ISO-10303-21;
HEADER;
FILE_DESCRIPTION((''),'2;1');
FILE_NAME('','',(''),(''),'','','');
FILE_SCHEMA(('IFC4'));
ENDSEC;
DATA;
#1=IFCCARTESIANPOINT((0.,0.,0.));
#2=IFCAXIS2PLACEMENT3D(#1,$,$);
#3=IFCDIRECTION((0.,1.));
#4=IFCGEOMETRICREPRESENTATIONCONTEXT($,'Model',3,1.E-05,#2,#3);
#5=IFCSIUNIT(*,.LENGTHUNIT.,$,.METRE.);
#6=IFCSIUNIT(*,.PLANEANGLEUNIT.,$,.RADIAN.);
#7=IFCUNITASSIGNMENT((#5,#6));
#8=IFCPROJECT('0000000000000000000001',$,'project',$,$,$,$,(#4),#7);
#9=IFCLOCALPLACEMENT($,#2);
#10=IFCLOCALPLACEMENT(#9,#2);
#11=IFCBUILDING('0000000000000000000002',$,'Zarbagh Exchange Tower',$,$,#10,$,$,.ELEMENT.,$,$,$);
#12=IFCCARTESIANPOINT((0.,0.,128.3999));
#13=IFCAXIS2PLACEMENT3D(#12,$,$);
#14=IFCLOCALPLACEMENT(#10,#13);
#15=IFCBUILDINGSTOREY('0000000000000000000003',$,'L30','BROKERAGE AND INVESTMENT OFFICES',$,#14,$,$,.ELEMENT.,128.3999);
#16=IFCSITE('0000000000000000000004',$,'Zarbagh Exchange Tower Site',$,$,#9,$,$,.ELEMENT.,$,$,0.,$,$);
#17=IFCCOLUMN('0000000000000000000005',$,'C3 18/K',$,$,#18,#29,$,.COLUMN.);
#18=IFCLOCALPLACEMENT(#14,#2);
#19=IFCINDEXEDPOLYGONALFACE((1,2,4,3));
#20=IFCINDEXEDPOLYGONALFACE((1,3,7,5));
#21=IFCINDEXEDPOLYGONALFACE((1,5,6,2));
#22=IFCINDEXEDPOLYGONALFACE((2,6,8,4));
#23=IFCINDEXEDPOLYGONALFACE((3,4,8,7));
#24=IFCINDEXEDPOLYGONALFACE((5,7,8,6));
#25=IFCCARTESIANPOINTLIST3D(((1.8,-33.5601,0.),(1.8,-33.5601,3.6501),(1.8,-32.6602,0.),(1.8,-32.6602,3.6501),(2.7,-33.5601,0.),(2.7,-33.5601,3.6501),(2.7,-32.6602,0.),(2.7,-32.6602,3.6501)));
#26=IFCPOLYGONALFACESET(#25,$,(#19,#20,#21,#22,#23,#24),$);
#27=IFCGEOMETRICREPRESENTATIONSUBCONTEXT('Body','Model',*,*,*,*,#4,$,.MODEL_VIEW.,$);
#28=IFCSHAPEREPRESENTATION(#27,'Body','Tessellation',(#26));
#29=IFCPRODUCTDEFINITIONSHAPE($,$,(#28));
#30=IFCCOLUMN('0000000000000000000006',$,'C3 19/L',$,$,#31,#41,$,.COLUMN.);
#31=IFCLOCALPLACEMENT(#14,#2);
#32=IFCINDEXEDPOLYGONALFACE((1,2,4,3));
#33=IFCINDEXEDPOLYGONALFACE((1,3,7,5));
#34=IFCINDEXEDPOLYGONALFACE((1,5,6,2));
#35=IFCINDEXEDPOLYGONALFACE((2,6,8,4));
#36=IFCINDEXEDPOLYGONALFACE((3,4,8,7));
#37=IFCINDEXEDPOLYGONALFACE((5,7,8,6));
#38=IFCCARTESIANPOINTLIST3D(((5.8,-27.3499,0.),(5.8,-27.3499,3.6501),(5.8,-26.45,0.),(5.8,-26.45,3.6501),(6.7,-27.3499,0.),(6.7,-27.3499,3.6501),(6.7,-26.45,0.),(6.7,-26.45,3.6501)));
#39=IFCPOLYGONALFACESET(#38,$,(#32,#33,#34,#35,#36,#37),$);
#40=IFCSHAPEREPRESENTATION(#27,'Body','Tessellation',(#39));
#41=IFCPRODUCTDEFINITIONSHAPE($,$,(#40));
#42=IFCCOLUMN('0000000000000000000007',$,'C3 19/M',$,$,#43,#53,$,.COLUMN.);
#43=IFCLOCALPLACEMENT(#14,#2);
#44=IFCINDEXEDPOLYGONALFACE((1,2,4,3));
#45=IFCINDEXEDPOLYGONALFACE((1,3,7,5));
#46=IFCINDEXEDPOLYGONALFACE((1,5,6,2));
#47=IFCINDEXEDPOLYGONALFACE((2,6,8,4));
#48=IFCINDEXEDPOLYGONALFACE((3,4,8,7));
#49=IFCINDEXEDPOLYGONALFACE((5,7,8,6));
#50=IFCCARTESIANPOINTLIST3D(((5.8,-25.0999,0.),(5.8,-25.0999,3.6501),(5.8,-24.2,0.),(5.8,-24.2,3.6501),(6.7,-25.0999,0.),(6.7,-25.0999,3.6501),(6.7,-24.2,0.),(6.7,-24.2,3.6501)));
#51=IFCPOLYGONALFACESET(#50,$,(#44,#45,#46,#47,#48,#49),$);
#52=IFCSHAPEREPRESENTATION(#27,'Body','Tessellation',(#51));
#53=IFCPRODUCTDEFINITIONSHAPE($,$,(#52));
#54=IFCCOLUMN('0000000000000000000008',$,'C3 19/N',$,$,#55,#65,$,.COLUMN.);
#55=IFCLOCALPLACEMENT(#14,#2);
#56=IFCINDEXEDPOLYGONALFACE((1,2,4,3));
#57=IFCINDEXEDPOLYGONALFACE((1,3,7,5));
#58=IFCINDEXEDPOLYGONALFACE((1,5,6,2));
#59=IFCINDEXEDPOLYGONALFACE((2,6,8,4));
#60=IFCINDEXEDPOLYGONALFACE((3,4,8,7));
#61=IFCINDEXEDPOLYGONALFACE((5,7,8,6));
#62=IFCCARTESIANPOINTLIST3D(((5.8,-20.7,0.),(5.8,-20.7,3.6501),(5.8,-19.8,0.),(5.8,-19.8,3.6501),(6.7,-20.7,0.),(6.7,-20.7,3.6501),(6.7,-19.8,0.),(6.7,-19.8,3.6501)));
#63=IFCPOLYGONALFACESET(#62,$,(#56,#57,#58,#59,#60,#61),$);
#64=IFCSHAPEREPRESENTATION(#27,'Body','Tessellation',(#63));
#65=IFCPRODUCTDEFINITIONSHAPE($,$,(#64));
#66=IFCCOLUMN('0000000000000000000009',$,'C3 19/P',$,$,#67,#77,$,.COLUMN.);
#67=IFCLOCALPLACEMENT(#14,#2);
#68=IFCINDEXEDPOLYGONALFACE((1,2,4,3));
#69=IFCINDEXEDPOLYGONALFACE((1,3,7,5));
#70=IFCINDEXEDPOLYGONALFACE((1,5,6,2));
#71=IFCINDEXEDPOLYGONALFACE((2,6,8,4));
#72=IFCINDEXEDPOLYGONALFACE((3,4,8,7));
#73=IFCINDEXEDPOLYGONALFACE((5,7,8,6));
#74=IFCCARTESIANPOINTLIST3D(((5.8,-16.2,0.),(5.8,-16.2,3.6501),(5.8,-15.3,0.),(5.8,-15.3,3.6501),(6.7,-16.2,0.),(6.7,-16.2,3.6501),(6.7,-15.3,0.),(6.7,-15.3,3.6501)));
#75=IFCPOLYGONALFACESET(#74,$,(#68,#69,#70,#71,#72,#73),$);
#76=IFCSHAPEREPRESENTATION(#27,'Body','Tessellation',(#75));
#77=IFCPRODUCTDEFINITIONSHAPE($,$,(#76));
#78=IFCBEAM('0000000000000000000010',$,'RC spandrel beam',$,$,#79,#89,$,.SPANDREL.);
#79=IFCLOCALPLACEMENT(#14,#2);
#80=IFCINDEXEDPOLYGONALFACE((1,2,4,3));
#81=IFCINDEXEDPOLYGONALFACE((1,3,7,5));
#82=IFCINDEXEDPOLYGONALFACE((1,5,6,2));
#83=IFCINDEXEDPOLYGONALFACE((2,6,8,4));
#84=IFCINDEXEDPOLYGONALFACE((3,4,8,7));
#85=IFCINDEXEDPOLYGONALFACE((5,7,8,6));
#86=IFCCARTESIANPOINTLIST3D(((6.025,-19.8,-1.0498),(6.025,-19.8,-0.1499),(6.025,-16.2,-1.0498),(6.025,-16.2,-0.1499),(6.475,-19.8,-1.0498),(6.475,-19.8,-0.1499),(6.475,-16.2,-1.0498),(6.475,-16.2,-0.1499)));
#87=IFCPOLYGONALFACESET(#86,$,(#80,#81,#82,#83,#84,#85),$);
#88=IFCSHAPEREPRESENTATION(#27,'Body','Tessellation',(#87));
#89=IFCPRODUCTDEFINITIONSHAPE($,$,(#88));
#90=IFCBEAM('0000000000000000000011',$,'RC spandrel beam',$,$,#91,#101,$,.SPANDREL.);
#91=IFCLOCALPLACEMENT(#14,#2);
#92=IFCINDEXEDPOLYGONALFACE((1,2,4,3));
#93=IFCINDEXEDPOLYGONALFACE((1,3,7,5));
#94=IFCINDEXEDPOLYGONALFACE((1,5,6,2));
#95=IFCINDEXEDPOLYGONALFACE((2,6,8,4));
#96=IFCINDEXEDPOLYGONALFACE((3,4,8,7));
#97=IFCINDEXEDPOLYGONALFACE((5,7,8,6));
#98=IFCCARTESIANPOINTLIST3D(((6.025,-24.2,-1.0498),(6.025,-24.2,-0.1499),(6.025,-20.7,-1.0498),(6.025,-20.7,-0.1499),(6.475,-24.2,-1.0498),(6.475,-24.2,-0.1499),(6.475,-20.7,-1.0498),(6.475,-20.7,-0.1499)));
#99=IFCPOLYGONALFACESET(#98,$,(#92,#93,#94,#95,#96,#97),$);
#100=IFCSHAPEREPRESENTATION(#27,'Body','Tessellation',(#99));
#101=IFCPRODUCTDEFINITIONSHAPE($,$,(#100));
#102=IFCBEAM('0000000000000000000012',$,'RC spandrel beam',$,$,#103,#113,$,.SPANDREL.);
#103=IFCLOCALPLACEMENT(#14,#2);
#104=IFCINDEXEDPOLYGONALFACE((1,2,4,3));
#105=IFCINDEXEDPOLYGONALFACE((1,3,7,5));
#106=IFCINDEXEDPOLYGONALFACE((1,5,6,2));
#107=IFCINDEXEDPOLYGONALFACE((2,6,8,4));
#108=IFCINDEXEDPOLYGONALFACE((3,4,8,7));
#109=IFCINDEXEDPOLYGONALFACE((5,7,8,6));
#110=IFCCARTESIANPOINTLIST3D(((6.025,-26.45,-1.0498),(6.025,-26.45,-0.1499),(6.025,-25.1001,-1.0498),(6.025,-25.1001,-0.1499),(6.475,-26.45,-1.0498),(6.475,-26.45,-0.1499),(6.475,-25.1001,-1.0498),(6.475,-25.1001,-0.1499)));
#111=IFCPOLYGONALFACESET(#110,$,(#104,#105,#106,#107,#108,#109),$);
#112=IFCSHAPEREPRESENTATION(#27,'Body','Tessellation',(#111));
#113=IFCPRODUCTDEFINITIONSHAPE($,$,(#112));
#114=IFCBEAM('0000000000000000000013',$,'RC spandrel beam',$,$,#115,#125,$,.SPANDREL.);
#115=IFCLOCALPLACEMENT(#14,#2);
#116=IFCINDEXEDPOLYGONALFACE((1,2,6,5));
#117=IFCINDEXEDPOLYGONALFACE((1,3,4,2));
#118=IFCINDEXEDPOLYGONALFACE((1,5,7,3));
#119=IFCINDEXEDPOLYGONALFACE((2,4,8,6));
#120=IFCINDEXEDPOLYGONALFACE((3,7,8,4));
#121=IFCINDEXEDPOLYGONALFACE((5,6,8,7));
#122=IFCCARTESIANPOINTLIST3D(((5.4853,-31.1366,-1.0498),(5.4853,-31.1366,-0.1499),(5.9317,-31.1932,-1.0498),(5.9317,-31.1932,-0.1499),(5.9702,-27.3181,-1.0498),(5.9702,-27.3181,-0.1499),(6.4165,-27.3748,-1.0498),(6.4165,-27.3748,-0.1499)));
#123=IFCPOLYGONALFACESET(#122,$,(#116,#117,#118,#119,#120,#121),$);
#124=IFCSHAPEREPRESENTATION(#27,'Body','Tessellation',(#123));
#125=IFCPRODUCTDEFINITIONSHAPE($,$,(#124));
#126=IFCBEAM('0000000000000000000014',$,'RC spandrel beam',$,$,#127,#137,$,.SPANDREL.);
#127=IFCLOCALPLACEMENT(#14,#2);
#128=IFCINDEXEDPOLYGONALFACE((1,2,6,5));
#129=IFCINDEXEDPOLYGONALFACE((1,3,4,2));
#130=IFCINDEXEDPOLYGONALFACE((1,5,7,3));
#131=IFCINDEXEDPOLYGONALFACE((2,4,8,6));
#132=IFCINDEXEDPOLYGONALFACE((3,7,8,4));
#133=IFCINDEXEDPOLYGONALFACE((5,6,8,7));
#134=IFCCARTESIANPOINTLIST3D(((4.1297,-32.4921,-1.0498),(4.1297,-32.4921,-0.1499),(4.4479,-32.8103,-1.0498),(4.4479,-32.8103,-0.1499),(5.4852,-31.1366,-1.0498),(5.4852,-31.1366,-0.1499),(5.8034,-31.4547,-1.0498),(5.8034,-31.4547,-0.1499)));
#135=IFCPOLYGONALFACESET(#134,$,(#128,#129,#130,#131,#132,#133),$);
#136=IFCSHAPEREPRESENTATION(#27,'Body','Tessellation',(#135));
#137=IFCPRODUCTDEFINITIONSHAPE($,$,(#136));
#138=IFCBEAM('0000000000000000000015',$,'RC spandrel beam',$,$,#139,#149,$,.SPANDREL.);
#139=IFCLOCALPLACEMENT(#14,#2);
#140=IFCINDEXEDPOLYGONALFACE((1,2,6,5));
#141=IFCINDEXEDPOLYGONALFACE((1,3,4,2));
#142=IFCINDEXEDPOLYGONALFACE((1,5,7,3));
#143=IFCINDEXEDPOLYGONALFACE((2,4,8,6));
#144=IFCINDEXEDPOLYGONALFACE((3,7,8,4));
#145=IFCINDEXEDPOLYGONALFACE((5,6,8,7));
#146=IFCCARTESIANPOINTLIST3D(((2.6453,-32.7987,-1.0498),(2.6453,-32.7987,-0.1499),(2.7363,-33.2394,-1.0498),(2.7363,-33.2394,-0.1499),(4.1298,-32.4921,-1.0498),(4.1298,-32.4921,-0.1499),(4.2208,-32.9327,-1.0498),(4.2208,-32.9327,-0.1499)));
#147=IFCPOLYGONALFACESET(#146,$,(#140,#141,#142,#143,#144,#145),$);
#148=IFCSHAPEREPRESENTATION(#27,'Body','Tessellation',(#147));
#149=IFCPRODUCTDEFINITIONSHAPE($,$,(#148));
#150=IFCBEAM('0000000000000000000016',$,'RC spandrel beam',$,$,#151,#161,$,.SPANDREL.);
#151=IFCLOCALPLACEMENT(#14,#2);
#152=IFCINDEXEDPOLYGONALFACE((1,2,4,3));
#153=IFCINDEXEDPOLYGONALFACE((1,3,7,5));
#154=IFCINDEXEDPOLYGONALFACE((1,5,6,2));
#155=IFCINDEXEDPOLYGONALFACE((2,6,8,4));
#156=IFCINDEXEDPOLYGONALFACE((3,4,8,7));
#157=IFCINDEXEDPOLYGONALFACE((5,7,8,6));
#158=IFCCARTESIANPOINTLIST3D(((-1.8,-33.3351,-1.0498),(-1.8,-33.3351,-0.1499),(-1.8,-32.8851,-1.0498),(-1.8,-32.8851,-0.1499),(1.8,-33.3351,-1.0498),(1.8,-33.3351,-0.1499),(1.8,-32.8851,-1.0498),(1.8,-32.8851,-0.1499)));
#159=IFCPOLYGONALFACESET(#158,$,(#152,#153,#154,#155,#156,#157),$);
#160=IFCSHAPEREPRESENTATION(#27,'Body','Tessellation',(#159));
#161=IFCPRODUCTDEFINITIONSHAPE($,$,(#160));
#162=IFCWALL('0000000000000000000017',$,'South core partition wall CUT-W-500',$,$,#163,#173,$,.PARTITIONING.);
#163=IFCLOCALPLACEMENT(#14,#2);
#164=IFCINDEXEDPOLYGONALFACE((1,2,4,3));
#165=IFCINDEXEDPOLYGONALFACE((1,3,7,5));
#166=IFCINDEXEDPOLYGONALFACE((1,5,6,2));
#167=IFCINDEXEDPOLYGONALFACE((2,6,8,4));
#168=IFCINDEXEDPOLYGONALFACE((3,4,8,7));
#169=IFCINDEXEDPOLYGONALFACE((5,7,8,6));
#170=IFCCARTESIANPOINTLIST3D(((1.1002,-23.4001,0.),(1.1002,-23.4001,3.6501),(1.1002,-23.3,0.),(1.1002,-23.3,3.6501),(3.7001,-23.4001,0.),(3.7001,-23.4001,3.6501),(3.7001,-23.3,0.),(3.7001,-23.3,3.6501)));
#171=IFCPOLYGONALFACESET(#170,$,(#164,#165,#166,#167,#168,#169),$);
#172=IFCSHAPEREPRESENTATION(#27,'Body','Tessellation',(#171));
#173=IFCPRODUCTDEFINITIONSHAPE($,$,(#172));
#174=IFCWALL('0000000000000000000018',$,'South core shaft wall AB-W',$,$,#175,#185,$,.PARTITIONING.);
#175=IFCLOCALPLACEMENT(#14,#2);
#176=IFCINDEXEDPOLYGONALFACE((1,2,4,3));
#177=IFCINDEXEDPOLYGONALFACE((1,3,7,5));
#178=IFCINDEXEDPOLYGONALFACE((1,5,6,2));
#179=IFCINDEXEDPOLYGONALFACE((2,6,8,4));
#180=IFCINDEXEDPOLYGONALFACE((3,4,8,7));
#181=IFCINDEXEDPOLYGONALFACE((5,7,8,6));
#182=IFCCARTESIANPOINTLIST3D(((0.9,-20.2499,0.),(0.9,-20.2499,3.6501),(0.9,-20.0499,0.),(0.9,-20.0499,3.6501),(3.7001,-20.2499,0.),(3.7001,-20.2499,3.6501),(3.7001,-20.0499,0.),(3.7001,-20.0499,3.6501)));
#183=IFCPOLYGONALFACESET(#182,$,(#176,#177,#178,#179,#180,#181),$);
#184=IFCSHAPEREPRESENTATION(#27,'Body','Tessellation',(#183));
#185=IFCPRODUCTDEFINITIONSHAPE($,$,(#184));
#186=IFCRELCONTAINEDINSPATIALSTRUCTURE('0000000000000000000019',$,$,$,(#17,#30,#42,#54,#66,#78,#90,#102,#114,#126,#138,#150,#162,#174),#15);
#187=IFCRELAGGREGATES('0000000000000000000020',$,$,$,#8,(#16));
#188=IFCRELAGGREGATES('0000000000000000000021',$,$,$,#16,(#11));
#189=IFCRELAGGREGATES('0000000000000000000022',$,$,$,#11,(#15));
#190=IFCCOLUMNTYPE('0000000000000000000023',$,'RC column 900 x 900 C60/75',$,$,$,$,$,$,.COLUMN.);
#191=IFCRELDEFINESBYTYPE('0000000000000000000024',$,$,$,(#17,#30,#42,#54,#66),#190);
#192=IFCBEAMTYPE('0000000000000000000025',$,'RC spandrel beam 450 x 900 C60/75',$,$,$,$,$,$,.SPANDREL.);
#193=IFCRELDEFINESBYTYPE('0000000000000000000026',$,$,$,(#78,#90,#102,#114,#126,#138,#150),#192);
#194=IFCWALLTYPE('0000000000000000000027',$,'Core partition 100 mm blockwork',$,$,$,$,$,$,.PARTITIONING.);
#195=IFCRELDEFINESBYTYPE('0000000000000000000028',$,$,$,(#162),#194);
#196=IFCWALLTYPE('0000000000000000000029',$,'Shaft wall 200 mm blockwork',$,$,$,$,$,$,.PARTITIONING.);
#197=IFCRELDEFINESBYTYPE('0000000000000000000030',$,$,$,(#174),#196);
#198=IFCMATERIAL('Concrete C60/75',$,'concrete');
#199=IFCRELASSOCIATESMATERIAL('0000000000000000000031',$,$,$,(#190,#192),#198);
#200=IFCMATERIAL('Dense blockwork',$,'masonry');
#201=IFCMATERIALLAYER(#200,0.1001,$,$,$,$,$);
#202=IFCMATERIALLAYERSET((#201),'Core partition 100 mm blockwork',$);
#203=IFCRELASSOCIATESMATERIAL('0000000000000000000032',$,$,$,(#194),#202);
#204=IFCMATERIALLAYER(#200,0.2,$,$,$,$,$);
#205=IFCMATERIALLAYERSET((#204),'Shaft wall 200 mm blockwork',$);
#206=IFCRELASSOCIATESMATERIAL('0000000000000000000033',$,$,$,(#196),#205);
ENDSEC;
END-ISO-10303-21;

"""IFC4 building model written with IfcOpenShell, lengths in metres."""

from ifc_helpers import new_model, si_unit, direction, frame, frame_2d, origin, origin_2d, place, context, subcontext, project, spatial, rectangle, extrude, material, layer, layer_set, material_profile, profile_set, type_object, element, save


model = new_model("IFC4")

# Units and contexts
model_context = context("Model", 3, precision=1e-05, world=origin(), true_north=direction((0.0, 1.0)))
body_context = subcontext(model_context, "Body", "Model", "MODEL_VIEW")
ifc_project = project(units=[si_unit("LENGTHUNIT", "METRE"), si_unit("PLANEANGLEUNIT", "RADIAN")], contexts=[model_context])

# Site, building, storey
site_placement = place(None, origin())
site = spatial("IfcSite", under=ifc_project, at=site_placement, Name="Zarbagh Exchange Tower Site", CompositionType="ELEMENT", RefElevation=0.0)
building_placement = place(site_placement, origin())
building = spatial("IfcBuilding", under=site, at=building_placement, Name="Zarbagh Exchange Tower", CompositionType="ELEMENT")
storey_placement = place(building_placement, frame((0.0, 0.0, 128.3999)))
storey = spatial("IfcBuildingStorey", under=building, at=storey_placement, Name="L30", Description="BROKERAGE AND INVESTMENT OFFICES", CompositionType="ELEMENT", Elevation=128.3999)

# Columns
ifc_material_1 = material(Name="Concrete C60/75", Category="concrete")
ifc_material_profile_1 = material_profile(ifc_material_1, rectangle(XDim=0.8999, YDim=0.8999, at=origin_2d()), Name="RC column 900 x 900 C60/75")
ifc_profile_set_1 = profile_set([ifc_material_profile_1], Name="Concrete C60/75")
column_type = type_object("IfcColumnType", Name="RC column 900 x 900 C60/75", PredefinedType="COLUMN", material=ifc_profile_set_1)
for number, where, z_axis, x_axis, name in (
    (1, (2.25, -33.1101, 0.0), (0.0, 0.0, 1.0), (1.0, 0.0, 0.0), "C3 18/K"),
    (2, (6.25, -26.8999, 0.0), (0.0, 0.0, 1.0), (1.0, 0.0, 0.0), "C3 19/L"),
    (3, (6.25, -24.6499, 0.0), (0.0, 0.0, 1.0), (1.0, 0.0, 0.0), "C3 19/M"),
    (4, (6.25, -20.25, 0.0), (0.0, 0.0, 1.0), (1.0, 0.0, 0.0), "C3 19/N"),
    (5, (6.25, -15.75, 0.0), (0.0, 0.0, 1.0), (1.0, 0.0, 0.0), "C3 19/P"),
):
    element("IfcColumn", number, at=place(storey_placement, frame(where, z_axis=z_axis, x_axis=x_axis)), inside=storey, type_object=column_type, Name=name, PredefinedType="COLUMN", context=body_context, shape_type="SweptSolid", body=[
        extrude(rectangle(XDim=0.8999, YDim=0.8999, at=origin_2d()), origin(), (0.0, 0.0, 1.0), 3.6501),
    ])

# Beams
ifc_material_profile_2 = material_profile(ifc_material_1, rectangle(XDim=0.45, YDim=0.8999, at=origin_2d()), Name="RC spandrel beam 450 x 900 C60/75")
ifc_profile_set_2 = profile_set([ifc_material_profile_2], Name="Concrete C60/75")
beam_type = type_object("IfcBeamType", Name="RC spandrel beam 450 x 900 C60/75", PredefinedType="SPANDREL", material=ifc_profile_set_2)
beam_1_placement = place(storey_placement, frame((6.25, -16.2, -0.5999), z_axis=(0.0, -1.0, 0.0), x_axis=(1.0, 0.0, 0.0)))
element("IfcBeam", 6, at=beam_1_placement, inside=storey, type_object=beam_type, Name="RC spandrel beam", PredefinedType="SPANDREL", context=body_context, shape_type="SweptSolid", body=[
    extrude(rectangle(XDim=0.45, YDim=0.8999, at=origin_2d()), origin(), (0.0, 0.0, 1.0), 3.6001),
])
beam_2_placement = place(storey_placement, frame((6.25, -20.7, -0.5999), z_axis=(0.0, -1.0, 0.0), x_axis=(1.0, 0.0, 0.0)))
element("IfcBeam", 7, at=beam_2_placement, inside=storey, type_object=beam_type, Name="RC spandrel beam", PredefinedType="SPANDREL", context=body_context, shape_type="SweptSolid", body=[
    extrude(rectangle(XDim=0.45, YDim=0.8999, at=origin_2d()), origin(), (0.0, 0.0, 1.0), 3.5),
])
beam_3_placement = place(storey_placement, frame((6.25, -25.1001, -0.5999), z_axis=(0.0, -1.0, 0.0), x_axis=(1.0, 0.0, 0.0)))
element("IfcBeam", 8, at=beam_3_placement, inside=storey, type_object=beam_type, Name="RC spandrel beam", PredefinedType="SPANDREL", context=body_context, shape_type="SweptSolid", body=[
    extrude(rectangle(XDim=0.45, YDim=0.8999, at=origin_2d()), origin(), (0.0, 0.0, 1.0), 1.3499),
])
beam_4_placement = place(storey_placement, frame((6.1934, -27.3464, -0.5999), z_axis=(-0.125971, -0.992034, 0.0), x_axis=(0.992034, -0.125971, 0.0)))
element("IfcBeam", 9, at=beam_4_placement, inside=storey, type_object=beam_type, Name="RC spandrel beam", PredefinedType="SPANDREL", context=body_context, shape_type="SweptSolid", body=[
    extrude(rectangle(XDim=0.45, YDim=0.8999, at=origin_2d()), origin(), (0.0, 0.0, 1.0), 3.8491),
])
beam_5_placement = place(storey_placement, frame((5.6443, -31.2957, -0.5999), z_axis=(-0.707107, -0.707107, 0.0), x_axis=(0.707107, -0.707107, 0.0)))
element("IfcBeam", 10, at=beam_5_placement, inside=storey, type_object=beam_type, Name="RC spandrel beam", PredefinedType="SPANDREL", context=body_context, shape_type="SweptSolid", body=[
    extrude(rectangle(XDim=0.45, YDim=0.8999, at=origin_2d()), origin(), (0.0, 0.0, 1.0), 1.917),
])
beam_6_placement = place(storey_placement, frame((4.1753, -32.7124, -0.5999), z_axis=(-0.979329, -0.202275, 0.0), x_axis=(0.202275, -0.979329, 0.0)))
element("IfcBeam", 11, at=beam_6_placement, inside=storey, type_object=beam_type, Name="RC spandrel beam", PredefinedType="SPANDREL", context=body_context, shape_type="SweptSolid", body=[
    extrude(rectangle(XDim=0.45, YDim=0.8999, at=origin_2d()), origin(), (0.0, 0.0, 1.0), 1.5159),
])
beam_7_placement = place(storey_placement, frame((1.8, -33.1101, -0.5999), z_axis=(-1.0, 0.0, 0.0), x_axis=(0.0, -1.0, 0.0)))
element("IfcBeam", 12, at=beam_7_placement, inside=storey, type_object=beam_type, Name="RC spandrel beam", PredefinedType="SPANDREL", context=body_context, shape_type="SweptSolid", body=[
    extrude(rectangle(XDim=0.45, YDim=0.8999, at=origin_2d()), origin(), (0.0, 0.0, 1.0), 3.6001),
])

# Walls
ifc_material_2 = material(Name="Dense blockwork", Category="masonry")
ifc_layer_1 = layer(ifc_material_2, 0.1001)
ifc_layer_set_1 = layer_set([ifc_layer_1], Name="Core partition 100 mm blockwork")
wall_type_1 = type_object("IfcWallType", Name="Core partition 100 mm blockwork", PredefinedType="PARTITIONING", material=ifc_layer_set_1)
wall_1_placement = place(storey_placement, frame((3.7, -23.3501, 0.0), z_axis=(0.0, 0.0, 1.0), x_axis=(-1.0, 0.0, 0.0)))
element("IfcWall", 13, at=wall_1_placement, inside=storey, type_object=wall_type_1, Name="South core partition wall CUT-W-500", PredefinedType="PARTITIONING", context=body_context, shape_type="SweptSolid", body=[
    extrude(rectangle(XDim=2.5999, YDim=0.1001, at=frame_2d((1.2998, 0.0))), origin(), (0.0, 0.0, 1.0), 3.6501),
])
ifc_layer_2 = layer(ifc_material_2, 0.2)
ifc_layer_set_2 = layer_set([ifc_layer_2], Name="Shaft wall 200 mm blockwork")
wall_type_2 = type_object("IfcWallType", Name="Shaft wall 200 mm blockwork", PredefinedType="PARTITIONING", material=ifc_layer_set_2)
wall_2_placement = place(storey_placement, frame((3.7, -20.1499, 0.0), z_axis=(0.0, 0.0, 1.0), x_axis=(-1.0, 0.0, 0.0)))
element("IfcWall", 14, at=wall_2_placement, inside=storey, type_object=wall_type_2, Name="South core shaft wall AB-W", PredefinedType="PARTITIONING", context=body_context, shape_type="SweptSolid", body=[
    extrude(rectangle(XDim=2.8, YDim=0.2, at=frame_2d((1.3999, 0.0))), origin(), (0.0, 0.0, 1.0), 3.6501),
])

save(model, "model.ifc")
